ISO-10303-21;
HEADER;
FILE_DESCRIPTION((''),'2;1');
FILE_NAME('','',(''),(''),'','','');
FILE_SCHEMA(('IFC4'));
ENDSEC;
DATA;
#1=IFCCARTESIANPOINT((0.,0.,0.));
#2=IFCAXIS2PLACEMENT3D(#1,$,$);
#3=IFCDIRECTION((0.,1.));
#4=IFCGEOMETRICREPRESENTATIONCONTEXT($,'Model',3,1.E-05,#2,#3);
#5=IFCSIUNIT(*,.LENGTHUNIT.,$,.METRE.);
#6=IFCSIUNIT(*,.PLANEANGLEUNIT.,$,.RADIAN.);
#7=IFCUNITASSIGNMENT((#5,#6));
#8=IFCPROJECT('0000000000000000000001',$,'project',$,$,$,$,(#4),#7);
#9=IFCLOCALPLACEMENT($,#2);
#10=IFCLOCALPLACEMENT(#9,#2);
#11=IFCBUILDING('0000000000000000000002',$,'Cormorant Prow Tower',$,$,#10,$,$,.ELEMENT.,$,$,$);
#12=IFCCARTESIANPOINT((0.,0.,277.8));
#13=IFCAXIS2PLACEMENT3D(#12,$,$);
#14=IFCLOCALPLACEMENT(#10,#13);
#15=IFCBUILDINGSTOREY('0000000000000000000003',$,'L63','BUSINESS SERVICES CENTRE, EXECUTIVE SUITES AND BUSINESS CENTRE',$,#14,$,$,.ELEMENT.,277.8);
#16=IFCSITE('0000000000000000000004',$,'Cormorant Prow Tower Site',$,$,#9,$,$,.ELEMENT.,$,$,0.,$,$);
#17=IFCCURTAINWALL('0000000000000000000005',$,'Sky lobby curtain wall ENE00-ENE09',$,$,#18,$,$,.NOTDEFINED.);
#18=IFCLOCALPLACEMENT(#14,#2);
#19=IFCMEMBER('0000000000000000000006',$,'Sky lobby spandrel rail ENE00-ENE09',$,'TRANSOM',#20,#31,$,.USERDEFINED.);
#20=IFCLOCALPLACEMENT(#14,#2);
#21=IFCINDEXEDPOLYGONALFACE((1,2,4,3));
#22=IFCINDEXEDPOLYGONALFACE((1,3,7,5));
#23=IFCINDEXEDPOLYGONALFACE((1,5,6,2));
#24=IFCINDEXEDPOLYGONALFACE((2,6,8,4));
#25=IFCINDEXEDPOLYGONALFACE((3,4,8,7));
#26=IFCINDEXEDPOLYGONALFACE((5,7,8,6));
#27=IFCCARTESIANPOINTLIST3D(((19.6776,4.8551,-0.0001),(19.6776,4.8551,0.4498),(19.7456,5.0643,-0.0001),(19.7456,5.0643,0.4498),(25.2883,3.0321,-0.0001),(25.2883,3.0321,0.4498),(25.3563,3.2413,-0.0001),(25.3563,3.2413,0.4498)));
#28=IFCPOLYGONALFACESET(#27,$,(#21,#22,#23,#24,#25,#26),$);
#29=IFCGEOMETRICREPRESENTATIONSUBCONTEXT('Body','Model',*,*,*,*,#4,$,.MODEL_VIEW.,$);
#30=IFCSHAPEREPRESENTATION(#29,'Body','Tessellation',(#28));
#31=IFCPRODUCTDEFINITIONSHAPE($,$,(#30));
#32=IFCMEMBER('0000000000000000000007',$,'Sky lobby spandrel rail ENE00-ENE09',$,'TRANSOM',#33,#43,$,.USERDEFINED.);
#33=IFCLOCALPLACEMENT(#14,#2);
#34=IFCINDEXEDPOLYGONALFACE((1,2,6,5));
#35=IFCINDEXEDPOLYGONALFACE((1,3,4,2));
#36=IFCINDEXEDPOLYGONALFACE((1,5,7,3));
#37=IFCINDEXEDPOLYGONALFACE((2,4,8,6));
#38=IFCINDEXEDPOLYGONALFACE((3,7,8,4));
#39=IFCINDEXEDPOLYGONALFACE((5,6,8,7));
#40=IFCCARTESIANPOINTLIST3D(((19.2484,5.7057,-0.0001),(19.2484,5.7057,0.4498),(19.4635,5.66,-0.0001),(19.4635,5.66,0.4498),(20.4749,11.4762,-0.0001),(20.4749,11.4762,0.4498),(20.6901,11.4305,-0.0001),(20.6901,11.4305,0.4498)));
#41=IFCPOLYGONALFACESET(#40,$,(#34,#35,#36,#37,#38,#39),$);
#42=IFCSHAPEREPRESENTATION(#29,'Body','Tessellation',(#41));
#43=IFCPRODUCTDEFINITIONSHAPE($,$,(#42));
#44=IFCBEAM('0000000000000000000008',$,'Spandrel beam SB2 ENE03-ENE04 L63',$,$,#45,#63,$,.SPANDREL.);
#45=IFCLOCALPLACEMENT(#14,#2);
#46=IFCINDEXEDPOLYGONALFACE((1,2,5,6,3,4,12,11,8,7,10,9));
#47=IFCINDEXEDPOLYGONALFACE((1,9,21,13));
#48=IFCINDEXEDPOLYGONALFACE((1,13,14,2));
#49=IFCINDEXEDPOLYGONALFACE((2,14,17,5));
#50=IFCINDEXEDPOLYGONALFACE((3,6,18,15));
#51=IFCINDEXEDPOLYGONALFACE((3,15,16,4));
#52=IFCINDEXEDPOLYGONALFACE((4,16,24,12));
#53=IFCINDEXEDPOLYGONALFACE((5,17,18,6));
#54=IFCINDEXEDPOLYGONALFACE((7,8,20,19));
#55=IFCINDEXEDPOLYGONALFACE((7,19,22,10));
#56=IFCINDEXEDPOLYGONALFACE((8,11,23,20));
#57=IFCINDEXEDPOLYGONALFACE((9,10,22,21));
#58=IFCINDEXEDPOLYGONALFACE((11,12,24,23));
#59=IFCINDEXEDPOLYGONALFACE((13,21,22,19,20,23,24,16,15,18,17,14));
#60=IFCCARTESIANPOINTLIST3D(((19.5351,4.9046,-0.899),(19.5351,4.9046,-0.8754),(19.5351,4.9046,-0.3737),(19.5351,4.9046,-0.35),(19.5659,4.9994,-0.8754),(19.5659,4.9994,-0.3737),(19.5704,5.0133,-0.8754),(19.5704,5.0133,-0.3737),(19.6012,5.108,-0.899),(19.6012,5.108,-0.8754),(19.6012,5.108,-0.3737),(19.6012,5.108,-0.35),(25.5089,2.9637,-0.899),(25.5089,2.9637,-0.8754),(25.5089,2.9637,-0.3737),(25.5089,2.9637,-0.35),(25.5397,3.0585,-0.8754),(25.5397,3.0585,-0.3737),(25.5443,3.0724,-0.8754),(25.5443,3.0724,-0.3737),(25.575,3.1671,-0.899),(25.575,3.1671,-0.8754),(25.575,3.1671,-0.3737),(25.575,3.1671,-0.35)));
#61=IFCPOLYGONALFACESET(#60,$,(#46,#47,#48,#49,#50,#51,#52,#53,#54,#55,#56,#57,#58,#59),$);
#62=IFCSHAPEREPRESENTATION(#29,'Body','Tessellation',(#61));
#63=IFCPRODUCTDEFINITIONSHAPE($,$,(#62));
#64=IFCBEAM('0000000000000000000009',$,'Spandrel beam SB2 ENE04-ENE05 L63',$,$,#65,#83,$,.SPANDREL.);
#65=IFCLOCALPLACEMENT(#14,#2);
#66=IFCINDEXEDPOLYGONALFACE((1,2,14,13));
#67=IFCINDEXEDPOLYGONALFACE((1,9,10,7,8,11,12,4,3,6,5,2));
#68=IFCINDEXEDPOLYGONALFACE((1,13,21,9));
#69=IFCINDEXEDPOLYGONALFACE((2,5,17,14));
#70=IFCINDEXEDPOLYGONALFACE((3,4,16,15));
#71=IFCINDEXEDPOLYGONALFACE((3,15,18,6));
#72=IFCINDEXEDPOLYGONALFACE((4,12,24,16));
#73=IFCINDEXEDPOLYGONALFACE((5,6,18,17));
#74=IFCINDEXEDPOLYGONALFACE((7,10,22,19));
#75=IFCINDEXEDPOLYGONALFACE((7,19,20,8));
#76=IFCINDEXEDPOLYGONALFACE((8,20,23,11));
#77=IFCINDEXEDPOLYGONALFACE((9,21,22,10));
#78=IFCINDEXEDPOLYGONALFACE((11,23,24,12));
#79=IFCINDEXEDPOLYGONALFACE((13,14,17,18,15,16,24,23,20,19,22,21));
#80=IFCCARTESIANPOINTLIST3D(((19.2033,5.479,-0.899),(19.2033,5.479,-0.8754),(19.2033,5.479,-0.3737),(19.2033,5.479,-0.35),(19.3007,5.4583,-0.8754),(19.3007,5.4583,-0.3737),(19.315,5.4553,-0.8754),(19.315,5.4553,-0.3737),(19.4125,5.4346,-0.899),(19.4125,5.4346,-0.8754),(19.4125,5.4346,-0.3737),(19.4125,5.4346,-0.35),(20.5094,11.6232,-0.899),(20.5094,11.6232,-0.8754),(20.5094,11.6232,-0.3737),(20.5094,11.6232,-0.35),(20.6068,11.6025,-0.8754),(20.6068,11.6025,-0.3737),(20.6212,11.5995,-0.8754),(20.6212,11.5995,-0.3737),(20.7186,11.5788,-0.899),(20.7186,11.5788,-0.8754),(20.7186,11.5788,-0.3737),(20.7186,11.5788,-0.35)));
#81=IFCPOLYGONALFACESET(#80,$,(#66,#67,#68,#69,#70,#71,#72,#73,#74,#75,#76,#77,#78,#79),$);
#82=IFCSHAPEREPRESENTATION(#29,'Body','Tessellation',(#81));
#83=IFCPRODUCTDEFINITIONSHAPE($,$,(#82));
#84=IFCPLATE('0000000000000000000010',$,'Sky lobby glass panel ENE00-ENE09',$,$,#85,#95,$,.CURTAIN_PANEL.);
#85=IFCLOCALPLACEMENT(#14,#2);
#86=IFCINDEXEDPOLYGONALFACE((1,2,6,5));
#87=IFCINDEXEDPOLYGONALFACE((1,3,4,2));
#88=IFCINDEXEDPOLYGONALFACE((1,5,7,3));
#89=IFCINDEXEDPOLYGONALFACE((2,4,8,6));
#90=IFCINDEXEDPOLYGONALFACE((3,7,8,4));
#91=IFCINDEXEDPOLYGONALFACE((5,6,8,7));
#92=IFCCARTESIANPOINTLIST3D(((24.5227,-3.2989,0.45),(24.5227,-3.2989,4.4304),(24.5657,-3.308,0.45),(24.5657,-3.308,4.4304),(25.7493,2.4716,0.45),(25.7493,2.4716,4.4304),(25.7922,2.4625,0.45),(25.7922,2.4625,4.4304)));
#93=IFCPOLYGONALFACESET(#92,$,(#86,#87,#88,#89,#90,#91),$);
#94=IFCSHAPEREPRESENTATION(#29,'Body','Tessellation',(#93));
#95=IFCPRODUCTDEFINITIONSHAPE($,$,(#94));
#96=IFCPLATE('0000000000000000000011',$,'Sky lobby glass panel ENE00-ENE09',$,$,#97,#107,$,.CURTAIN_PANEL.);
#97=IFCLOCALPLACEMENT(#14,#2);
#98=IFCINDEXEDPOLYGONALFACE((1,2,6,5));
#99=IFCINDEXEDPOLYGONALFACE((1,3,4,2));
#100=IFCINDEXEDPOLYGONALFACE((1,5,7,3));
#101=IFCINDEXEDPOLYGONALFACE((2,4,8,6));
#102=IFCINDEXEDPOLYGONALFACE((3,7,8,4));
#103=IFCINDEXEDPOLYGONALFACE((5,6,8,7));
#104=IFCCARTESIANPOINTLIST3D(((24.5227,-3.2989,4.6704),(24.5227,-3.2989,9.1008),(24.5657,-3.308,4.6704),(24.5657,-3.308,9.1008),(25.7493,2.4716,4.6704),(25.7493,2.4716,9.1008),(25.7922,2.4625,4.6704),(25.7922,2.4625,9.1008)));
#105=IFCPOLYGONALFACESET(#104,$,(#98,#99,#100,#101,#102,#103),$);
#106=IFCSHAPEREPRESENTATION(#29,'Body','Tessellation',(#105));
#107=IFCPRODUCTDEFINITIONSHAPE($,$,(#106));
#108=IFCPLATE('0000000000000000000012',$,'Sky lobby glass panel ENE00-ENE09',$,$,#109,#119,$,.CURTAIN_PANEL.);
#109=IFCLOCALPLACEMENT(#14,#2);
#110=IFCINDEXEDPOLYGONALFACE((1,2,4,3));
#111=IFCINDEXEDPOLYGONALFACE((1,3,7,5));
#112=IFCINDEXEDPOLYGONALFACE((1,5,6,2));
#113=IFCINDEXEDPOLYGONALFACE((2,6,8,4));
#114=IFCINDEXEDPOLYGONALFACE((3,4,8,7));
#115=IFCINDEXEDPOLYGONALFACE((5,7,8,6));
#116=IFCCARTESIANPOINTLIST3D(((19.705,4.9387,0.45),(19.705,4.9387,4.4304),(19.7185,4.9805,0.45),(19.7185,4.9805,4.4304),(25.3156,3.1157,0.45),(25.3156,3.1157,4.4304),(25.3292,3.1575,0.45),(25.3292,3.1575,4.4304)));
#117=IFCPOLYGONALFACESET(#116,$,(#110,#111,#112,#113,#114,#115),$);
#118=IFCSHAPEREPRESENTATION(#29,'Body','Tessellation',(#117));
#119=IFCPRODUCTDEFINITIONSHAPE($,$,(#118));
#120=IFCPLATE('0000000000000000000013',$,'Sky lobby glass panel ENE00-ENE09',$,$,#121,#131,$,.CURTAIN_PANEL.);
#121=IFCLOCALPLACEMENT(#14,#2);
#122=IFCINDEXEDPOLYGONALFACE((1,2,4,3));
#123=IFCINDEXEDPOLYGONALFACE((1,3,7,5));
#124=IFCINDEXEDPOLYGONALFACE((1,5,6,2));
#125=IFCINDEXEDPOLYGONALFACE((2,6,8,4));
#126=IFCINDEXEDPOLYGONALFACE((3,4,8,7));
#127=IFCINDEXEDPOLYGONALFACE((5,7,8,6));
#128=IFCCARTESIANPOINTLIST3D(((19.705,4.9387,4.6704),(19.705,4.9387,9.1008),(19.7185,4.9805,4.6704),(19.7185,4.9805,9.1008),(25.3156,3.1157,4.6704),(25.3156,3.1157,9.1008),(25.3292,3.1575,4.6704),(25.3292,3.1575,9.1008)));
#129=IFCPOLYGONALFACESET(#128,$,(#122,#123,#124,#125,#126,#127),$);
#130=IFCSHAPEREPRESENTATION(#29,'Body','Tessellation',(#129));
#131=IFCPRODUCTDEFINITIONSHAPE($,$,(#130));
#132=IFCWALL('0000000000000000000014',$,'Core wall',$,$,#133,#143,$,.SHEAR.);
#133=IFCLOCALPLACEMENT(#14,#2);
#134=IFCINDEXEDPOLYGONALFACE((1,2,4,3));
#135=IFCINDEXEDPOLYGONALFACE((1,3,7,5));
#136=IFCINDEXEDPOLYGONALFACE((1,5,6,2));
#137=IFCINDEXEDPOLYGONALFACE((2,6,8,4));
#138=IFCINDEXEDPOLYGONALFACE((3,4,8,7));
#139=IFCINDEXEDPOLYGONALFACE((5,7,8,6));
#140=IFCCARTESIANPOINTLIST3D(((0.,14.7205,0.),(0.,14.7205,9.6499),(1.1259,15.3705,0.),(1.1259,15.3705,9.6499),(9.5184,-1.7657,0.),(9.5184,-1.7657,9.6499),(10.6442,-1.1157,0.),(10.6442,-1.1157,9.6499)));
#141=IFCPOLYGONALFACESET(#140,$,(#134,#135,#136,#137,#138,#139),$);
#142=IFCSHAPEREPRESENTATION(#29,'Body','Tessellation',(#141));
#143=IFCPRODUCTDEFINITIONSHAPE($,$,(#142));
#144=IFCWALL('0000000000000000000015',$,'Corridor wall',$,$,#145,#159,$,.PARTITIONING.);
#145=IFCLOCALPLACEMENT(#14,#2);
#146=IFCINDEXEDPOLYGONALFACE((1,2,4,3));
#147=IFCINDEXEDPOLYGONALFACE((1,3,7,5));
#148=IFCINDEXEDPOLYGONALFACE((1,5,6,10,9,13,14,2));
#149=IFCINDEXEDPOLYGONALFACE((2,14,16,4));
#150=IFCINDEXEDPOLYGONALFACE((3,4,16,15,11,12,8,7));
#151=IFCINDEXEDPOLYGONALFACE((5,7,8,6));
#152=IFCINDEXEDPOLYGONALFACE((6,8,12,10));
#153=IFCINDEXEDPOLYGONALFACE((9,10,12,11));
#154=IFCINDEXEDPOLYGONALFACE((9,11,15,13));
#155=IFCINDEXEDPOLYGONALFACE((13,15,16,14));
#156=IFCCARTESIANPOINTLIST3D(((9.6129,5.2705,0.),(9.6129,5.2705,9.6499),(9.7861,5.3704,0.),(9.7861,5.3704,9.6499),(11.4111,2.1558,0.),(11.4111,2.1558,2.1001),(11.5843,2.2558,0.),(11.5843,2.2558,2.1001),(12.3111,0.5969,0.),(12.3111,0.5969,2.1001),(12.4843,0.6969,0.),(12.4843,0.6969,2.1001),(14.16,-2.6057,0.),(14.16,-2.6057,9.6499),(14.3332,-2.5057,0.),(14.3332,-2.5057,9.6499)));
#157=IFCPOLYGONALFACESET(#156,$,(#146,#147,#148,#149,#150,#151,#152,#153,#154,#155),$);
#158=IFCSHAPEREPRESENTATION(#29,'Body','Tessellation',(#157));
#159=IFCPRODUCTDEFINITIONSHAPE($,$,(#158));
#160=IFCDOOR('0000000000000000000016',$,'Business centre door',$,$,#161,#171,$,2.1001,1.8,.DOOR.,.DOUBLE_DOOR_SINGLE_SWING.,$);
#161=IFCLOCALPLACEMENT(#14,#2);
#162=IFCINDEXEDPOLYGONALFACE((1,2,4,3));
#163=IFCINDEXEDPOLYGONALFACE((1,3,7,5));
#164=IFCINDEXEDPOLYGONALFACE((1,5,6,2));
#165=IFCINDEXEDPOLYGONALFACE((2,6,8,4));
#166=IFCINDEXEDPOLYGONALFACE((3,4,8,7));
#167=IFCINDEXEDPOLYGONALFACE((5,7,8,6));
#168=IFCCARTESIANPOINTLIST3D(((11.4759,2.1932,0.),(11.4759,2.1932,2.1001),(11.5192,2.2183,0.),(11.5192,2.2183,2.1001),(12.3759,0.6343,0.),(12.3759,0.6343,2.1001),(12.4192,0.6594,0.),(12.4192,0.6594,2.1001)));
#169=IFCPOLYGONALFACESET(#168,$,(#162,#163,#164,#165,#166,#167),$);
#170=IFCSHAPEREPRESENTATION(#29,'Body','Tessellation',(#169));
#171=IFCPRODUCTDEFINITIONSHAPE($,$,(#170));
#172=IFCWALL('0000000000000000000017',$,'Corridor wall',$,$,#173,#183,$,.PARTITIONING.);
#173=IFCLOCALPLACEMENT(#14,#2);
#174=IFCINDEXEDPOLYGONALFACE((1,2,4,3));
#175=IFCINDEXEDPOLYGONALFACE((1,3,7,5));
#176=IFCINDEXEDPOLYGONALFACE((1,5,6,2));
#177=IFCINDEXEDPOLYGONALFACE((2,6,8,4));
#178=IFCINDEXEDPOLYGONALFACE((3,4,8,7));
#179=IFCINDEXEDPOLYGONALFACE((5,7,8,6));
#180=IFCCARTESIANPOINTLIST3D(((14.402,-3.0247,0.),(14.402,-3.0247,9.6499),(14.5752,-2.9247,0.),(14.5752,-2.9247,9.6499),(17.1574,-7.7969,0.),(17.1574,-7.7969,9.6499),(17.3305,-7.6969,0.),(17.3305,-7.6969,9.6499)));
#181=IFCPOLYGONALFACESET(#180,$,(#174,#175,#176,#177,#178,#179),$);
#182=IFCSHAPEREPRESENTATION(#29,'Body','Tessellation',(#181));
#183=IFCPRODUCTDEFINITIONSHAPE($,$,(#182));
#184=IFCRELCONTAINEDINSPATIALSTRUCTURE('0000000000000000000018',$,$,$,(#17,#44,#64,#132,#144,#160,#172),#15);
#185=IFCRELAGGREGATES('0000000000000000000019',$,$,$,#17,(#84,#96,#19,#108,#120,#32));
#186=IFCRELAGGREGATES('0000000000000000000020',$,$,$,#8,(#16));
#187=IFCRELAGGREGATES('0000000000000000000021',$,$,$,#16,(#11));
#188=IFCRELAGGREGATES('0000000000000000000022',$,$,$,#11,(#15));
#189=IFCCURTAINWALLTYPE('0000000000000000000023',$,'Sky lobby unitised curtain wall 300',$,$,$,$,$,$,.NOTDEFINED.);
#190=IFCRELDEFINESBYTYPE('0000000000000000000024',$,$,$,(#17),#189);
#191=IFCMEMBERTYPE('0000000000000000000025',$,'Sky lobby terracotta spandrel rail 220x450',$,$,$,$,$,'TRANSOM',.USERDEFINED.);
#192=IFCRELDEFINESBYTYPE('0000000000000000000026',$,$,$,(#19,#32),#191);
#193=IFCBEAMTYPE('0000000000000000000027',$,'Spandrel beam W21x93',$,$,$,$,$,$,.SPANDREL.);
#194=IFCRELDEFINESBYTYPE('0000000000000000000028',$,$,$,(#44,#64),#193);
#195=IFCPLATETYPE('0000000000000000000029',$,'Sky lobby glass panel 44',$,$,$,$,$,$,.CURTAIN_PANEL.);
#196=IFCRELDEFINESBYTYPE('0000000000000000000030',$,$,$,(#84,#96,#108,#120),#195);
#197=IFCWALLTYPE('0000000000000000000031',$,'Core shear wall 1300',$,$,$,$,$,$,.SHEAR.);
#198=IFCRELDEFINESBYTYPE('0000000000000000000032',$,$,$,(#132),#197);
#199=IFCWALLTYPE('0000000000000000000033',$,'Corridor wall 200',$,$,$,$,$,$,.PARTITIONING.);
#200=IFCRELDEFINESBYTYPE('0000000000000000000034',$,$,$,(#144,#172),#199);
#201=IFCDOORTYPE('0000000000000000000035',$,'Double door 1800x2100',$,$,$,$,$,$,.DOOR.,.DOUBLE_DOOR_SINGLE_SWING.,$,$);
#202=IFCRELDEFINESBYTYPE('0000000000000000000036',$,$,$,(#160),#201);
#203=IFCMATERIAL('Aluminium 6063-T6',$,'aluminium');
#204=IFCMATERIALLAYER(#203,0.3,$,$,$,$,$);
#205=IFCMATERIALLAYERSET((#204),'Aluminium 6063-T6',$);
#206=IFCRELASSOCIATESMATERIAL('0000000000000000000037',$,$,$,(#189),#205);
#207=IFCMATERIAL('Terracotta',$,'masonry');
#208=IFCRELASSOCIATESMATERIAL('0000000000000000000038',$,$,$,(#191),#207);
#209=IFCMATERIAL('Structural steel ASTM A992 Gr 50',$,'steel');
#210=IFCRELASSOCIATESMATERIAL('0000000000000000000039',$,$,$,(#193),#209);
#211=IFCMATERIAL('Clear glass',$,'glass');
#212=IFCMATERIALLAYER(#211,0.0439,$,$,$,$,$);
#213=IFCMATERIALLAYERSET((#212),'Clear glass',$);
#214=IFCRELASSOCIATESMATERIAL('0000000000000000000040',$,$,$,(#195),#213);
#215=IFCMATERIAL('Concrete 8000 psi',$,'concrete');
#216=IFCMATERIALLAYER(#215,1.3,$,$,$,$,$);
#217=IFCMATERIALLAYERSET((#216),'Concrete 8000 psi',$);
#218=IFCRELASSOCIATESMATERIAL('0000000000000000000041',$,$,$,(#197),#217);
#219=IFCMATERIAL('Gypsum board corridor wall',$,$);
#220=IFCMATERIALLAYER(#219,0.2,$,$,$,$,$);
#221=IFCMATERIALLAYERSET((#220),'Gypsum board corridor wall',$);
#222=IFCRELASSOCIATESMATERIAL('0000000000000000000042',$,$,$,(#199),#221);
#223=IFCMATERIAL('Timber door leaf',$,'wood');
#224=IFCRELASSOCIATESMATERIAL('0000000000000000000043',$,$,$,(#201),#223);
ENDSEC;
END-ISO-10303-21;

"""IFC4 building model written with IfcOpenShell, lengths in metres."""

from ifc_helpers import new_model, si_unit, direction, frame, frame_2d, origin, origin_2d, place, context, subcontext, project, spatial, rectangle, i_section, extrude, material, layer, layer_set, material_profile, profile_set, type_object, element, fill, aggregate, save


model = new_model("IFC4")

# Units and contexts
model_context = context("Model", 3, precision=1e-05, world=origin(), true_north=direction((0.0, 1.0)))
body_context = subcontext(model_context, "Body", "Model", "MODEL_VIEW")
ifc_project = project(units=[si_unit("LENGTHUNIT", "METRE"), si_unit("PLANEANGLEUNIT", "RADIAN")], contexts=[model_context])

# Site, building, storey
site_placement = place(None, origin())
site = spatial("IfcSite", under=ifc_project, at=site_placement, Name="Cormorant Prow Tower Site", CompositionType="ELEMENT", RefElevation=0.0)
building_placement = place(site_placement, origin())
building = spatial("IfcBuilding", under=site, at=building_placement, Name="Cormorant Prow Tower", CompositionType="ELEMENT")
storey_placement = place(building_placement, frame((0.0, 0.0, 277.8)))
storey = spatial("IfcBuildingStorey", under=building, at=storey_placement, Name="L63", Description="BUSINESS SERVICES CENTRE, EXECUTIVE SUITES AND BUSINESS CENTRE", CompositionType="ELEMENT", Elevation=277.8)

# Curtain wall, members
ifc_material_1 = material(Name="Aluminium 6063-T6", Category="aluminium")
ifc_layer_1 = layer(ifc_material_1, 0.3)
ifc_layer_set_1 = layer_set([ifc_layer_1], Name="Aluminium 6063-T6")
curtain_wall_type = type_object("IfcCurtainWallType", Name="Sky lobby unitised curtain wall 300", PredefinedType="NOTDEFINED", material=ifc_layer_set_1)
curtain_wall_placement = place(storey_placement, origin())
curtain_wall = element("IfcCurtainWall", 1, at=curtain_wall_placement, inside=storey, type_object=curtain_wall_type, Name="Sky lobby curtain wall ENE00-ENE09", PredefinedType="NOTDEFINED")
ifc_material_2 = material(Name="Terracotta", Category="masonry")
ifc_material_profile_1 = material_profile(ifc_material_2, rectangle(XDim=0.22, YDim=0.45, at=origin_2d()), Name="Sky lobby terracotta spandrel rail 220x450")
ifc_profile_set_1 = profile_set([ifc_material_profile_1], Name="Terracotta")
member_type_1 = type_object("IfcMemberType", Name="Sky lobby terracotta spandrel rail 220x450", ElementType="TRANSOM", PredefinedType="USERDEFINED", material=ifc_profile_set_1)
member_1_placement = place(storey_placement, frame((25.3223, 3.1367, 0.2249), z_axis=(-0.951056, 0.309018, 0.0), x_axis=(-0.309018, -0.951056, 0.0)))
member_1 = element("IfcMember", 2, at=member_1_placement, type_object=member_type_1, Name="Sky lobby spandrel rail ENE00-ENE09", ObjectType="TRANSOM", PredefinedType="USERDEFINED", context=body_context, shape_type="SweptSolid", body=[
    extrude(rectangle(XDim=0.22, YDim=0.45, at=origin_2d()), origin(), (0.0, 0.0, 1.0), 5.8994),
])
member_2_placement = place(storey_placement, frame((19.356, 5.6829, 0.2249), z_axis=(0.207912, 0.978147, 0.0), x_axis=(-0.978147, 0.207912, 0.0)))
member_2 = element("IfcMember", 3, at=member_2_placement, type_object=member_type_1, Name="Sky lobby spandrel rail ENE00-ENE09", ObjectType="TRANSOM", PredefinedType="USERDEFINED", context=body_context, shape_type="SweptSolid", body=[
    extrude(rectangle(XDim=0.22, YDim=0.45, at=origin_2d()), origin(), (0.0, 0.0, 1.0), 5.8994),
])

# Beams
ifc_material_3 = material(Name="Structural steel ASTM A992 Gr 50", Category="steel")
ifc_material_profile_2 = material_profile(ifc_material_3, i_section(OverallWidth=0.2139, OverallDepth=0.5491, WebThickness=0.0146, FlangeThickness=0.0237, at=origin_2d()), Name="W21x93")
ifc_profile_set_2 = profile_set([ifc_material_profile_2], Name="Structural steel ASTM A992 Gr 50")
beam_type_1 = type_object("IfcBeamType", Name="Spandrel beam W21x93", PredefinedType="SPANDREL", material=ifc_profile_set_2)
beam_1_placement = place(storey_placement, frame((25.542, 3.0654, -0.6245), z_axis=(-0.951062, 0.309001, 0.0), x_axis=(-0.309001, -0.951062, 0.0)))
element("IfcBeam", 4, at=beam_1_placement, inside=storey, type_object=beam_type_1, Name="Spandrel beam SB2 ENE03-ENE04 L63", PredefinedType="SPANDREL", context=body_context, shape_type="SweptSolid", body=[
    extrude(i_section(OverallWidth=0.2139, OverallDepth=0.5491, WebThickness=0.0146, FlangeThickness=0.0237, at=origin_2d()), origin(), (0.0, 0.0, 1.0), 6.2812),
])
beam_2_placement = place(storey_placement, frame((19.3079, 5.4568, -0.6245), z_axis=(0.207934, 0.978143, 0.0), x_axis=(-0.978143, 0.207934, 0.0)))
element("IfcBeam", 5, at=beam_2_placement, inside=storey, type_object=beam_type_1, Name="Spandrel beam SB2 ENE04-ENE05 L63", PredefinedType="SPANDREL", context=body_context, shape_type="SweptSolid", body=[
    extrude(i_section(OverallWidth=0.2139, OverallDepth=0.5491, WebThickness=0.0146, FlangeThickness=0.0237, at=origin_2d()), origin(), (0.0, 0.0, 1.0), 6.2815),
])

# Plates
ifc_material_4 = material(Name="Clear glass", Category="glass")
ifc_layer_2 = layer(ifc_material_4, 0.0439)
ifc_layer_set_2 = layer_set([ifc_layer_2], Name="Clear glass")
plate_type = type_object("IfcPlateType", Name="Sky lobby glass panel 44", PredefinedType="CURTAIN_PANEL", material=ifc_layer_set_2)
plate_1_placement = place(storey_placement, frame((25.1575, -0.4182, 0.45), z_axis=(0.0, 0.0, 1.0), x_axis=(0.207912, 0.978148, 0.0)))
plate_1 = element("IfcPlate", 6, at=plate_1_placement, type_object=plate_type, Name="Sky lobby glass panel ENE00-ENE09", PredefinedType="CURTAIN_PANEL", context=body_context, shape_type="SweptSolid", body=[
    extrude(rectangle(XDim=5.8994, YDim=0.0439, at=origin_2d()), origin(), (0.0, 0.0, 1.0), 3.9805),
])
plate_2_placement = place(storey_placement, frame((25.1575, -0.4182, 4.6704), z_axis=(0.0, 0.0, 1.0), x_axis=(0.207912, 0.978148, 0.0)))
plate_2 = element("IfcPlate", 7, at=plate_2_placement, type_object=plate_type, Name="Sky lobby glass panel ENE00-ENE09", PredefinedType="CURTAIN_PANEL", context=body_context, shape_type="SweptSolid", body=[
    extrude(rectangle(XDim=5.8994, YDim=0.0439, at=origin_2d()), origin(), (0.0, 0.0, 1.0), 4.4304),
])
plate_3_placement = place(storey_placement, frame((22.5171, 4.0481, 0.45), z_axis=(0.0, 0.0, 1.0), x_axis=(-0.951057, 0.309017, 0.0)))
plate_3 = element("IfcPlate", 8, at=plate_3_placement, type_object=plate_type, Name="Sky lobby glass panel ENE00-ENE09", PredefinedType="CURTAIN_PANEL", context=body_context, shape_type="SweptSolid", body=[
    extrude(rectangle(XDim=5.8994, YDim=0.0439, at=origin_2d()), origin(), (0.0, 0.0, 1.0), 3.9805),
])
plate_4_placement = place(storey_placement, frame((22.5171, 4.0481, 4.6704), z_axis=(0.0, 0.0, 1.0), x_axis=(-0.951057, 0.309017, 0.0)))
plate_4 = element("IfcPlate", 9, at=plate_4_placement, type_object=plate_type, Name="Sky lobby glass panel ENE00-ENE09", PredefinedType="CURTAIN_PANEL", context=body_context, shape_type="SweptSolid", body=[
    extrude(rectangle(XDim=5.8994, YDim=0.0439, at=origin_2d()), origin(), (0.0, 0.0, 1.0), 4.4304),
])
aggregate(curtain_wall, [plate_1, plate_2, member_1, plate_3, plate_4, member_2])

# Wall
ifc_material_5 = material(Name="Concrete 8000 psi", Category="concrete")
ifc_layer_3 = layer(ifc_material_5, 1.3)
ifc_layer_set_3 = layer_set([ifc_layer_3], Name="Concrete 8000 psi")
wall_type_1 = type_object("IfcWallType", Name="Core shear wall 1300", PredefinedType="SHEAR", material=ifc_layer_set_3)
wall_1_placement = place(storey_placement, frame((10.0813, -1.4407, 0.0), z_axis=(0.0, 0.0, 1.0), x_axis=(-0.500003, 0.866024, 0.0)))
element("IfcWall", 10, at=wall_1_placement, inside=storey, type_object=wall_type_1, Name="Core wall", PredefinedType="SHEAR", context=body_context, shape_type="SweptSolid", body=[
    extrude(rectangle(XDim=19.0366, YDim=1.3, at=frame_2d((9.5183, 0.0))), origin(), (0.0, 0.0, 1.0), 9.6499),
])

# Wall, opening, door
ifc_material_6 = material(Name="Gypsum board corridor wall")
ifc_layer_4 = layer(ifc_material_6, 0.2)
ifc_layer_set_4 = layer_set([ifc_layer_4], Name="Gypsum board corridor wall")
wall_type_2 = type_object("IfcWallType", Name="Corridor wall 200", PredefinedType="PARTITIONING", material=ifc_layer_set_4)
wall_2_placement = place(storey_placement, frame((9.6995, 5.3206, 0.0), z_axis=(0.0, 0.0, 1.0), x_axis=(0.499982, -0.866036, 0.0)))
wall_2 = element("IfcWall", 11, at=wall_2_placement, inside=storey, type_object=wall_type_2, Name="Corridor wall", PredefinedType="PARTITIONING", context=body_context, shape_type="SweptSolid", body=[
    extrude(rectangle(XDim=9.0945, YDim=0.2, at=frame_2d((4.5474, 0.0))), origin(), (0.0, 0.0, 1.0), 9.6499),
])
opening_1_placement = place(wall_2_placement, frame((3.5967, 0.0, 0.0)))
opening_1 = element("IfcOpeningElement", 12, at=opening_1_placement, cuts=wall_2, PredefinedType="OPENING", context=body_context, shape_type="SweptSolid", body=[
    extrude(rectangle(XDim=1.8, YDim=2.1001, at=frame_2d((0.8999, 1.05))), frame((0.0, 0.1099, 0.0), z_axis=(0.0, -1.0, 0.0), x_axis=(1.0, 0.0, 0.0)), (0.0, 0.0, 1.0), 0.22),
])
ifc_material_7 = material(Name="Timber door leaf", Category="wood")
door_type_1 = type_object("IfcDoorType", Name="Double door 1800x2100", OperationType="DOUBLE_DOOR_SINGLE_SWING", PredefinedType="DOOR", material=ifc_material_7)
door_1_placement = place(opening_1_placement, origin())
door_1 = element("IfcDoor", 13, at=door_1_placement, inside=storey, type_object=door_type_1, Name="Business centre door", OperationType="DOUBLE_DOOR_SINGLE_SWING", OverallHeight=2.1001, OverallWidth=1.8, PredefinedType="DOOR", context=body_context, shape_type="SweptSolid", body=[
    extrude(rectangle(XDim=1.8, YDim=2.1001, at=frame_2d((0.8999, 1.05))), frame((0.0, 0.0249, 0.0), z_axis=(0.0, -1.0, 0.0), x_axis=(1.0, 0.0, 0.0)), (0.0, 0.0, 1.0), 0.05),
])
fill(opening_1, door_1)

# Wall
wall_3_placement = place(storey_placement, frame((14.4885, -2.9746, 0.0), z_axis=(0.0, 0.0, 1.0), x_axis=(0.500018, -0.866015, 0.0)))
element("IfcWall", 14, at=wall_3_placement, inside=storey, type_object=wall_type_2, Name="Corridor wall", PredefinedType="PARTITIONING", context=body_context, shape_type="SweptSolid", body=[
    extrude(rectangle(XDim=5.5105, YDim=0.2, at=frame_2d((2.7554, 0.0))), origin(), (0.0, 0.0, 1.0), 9.6499),
])

save(model, "model.ifc")
